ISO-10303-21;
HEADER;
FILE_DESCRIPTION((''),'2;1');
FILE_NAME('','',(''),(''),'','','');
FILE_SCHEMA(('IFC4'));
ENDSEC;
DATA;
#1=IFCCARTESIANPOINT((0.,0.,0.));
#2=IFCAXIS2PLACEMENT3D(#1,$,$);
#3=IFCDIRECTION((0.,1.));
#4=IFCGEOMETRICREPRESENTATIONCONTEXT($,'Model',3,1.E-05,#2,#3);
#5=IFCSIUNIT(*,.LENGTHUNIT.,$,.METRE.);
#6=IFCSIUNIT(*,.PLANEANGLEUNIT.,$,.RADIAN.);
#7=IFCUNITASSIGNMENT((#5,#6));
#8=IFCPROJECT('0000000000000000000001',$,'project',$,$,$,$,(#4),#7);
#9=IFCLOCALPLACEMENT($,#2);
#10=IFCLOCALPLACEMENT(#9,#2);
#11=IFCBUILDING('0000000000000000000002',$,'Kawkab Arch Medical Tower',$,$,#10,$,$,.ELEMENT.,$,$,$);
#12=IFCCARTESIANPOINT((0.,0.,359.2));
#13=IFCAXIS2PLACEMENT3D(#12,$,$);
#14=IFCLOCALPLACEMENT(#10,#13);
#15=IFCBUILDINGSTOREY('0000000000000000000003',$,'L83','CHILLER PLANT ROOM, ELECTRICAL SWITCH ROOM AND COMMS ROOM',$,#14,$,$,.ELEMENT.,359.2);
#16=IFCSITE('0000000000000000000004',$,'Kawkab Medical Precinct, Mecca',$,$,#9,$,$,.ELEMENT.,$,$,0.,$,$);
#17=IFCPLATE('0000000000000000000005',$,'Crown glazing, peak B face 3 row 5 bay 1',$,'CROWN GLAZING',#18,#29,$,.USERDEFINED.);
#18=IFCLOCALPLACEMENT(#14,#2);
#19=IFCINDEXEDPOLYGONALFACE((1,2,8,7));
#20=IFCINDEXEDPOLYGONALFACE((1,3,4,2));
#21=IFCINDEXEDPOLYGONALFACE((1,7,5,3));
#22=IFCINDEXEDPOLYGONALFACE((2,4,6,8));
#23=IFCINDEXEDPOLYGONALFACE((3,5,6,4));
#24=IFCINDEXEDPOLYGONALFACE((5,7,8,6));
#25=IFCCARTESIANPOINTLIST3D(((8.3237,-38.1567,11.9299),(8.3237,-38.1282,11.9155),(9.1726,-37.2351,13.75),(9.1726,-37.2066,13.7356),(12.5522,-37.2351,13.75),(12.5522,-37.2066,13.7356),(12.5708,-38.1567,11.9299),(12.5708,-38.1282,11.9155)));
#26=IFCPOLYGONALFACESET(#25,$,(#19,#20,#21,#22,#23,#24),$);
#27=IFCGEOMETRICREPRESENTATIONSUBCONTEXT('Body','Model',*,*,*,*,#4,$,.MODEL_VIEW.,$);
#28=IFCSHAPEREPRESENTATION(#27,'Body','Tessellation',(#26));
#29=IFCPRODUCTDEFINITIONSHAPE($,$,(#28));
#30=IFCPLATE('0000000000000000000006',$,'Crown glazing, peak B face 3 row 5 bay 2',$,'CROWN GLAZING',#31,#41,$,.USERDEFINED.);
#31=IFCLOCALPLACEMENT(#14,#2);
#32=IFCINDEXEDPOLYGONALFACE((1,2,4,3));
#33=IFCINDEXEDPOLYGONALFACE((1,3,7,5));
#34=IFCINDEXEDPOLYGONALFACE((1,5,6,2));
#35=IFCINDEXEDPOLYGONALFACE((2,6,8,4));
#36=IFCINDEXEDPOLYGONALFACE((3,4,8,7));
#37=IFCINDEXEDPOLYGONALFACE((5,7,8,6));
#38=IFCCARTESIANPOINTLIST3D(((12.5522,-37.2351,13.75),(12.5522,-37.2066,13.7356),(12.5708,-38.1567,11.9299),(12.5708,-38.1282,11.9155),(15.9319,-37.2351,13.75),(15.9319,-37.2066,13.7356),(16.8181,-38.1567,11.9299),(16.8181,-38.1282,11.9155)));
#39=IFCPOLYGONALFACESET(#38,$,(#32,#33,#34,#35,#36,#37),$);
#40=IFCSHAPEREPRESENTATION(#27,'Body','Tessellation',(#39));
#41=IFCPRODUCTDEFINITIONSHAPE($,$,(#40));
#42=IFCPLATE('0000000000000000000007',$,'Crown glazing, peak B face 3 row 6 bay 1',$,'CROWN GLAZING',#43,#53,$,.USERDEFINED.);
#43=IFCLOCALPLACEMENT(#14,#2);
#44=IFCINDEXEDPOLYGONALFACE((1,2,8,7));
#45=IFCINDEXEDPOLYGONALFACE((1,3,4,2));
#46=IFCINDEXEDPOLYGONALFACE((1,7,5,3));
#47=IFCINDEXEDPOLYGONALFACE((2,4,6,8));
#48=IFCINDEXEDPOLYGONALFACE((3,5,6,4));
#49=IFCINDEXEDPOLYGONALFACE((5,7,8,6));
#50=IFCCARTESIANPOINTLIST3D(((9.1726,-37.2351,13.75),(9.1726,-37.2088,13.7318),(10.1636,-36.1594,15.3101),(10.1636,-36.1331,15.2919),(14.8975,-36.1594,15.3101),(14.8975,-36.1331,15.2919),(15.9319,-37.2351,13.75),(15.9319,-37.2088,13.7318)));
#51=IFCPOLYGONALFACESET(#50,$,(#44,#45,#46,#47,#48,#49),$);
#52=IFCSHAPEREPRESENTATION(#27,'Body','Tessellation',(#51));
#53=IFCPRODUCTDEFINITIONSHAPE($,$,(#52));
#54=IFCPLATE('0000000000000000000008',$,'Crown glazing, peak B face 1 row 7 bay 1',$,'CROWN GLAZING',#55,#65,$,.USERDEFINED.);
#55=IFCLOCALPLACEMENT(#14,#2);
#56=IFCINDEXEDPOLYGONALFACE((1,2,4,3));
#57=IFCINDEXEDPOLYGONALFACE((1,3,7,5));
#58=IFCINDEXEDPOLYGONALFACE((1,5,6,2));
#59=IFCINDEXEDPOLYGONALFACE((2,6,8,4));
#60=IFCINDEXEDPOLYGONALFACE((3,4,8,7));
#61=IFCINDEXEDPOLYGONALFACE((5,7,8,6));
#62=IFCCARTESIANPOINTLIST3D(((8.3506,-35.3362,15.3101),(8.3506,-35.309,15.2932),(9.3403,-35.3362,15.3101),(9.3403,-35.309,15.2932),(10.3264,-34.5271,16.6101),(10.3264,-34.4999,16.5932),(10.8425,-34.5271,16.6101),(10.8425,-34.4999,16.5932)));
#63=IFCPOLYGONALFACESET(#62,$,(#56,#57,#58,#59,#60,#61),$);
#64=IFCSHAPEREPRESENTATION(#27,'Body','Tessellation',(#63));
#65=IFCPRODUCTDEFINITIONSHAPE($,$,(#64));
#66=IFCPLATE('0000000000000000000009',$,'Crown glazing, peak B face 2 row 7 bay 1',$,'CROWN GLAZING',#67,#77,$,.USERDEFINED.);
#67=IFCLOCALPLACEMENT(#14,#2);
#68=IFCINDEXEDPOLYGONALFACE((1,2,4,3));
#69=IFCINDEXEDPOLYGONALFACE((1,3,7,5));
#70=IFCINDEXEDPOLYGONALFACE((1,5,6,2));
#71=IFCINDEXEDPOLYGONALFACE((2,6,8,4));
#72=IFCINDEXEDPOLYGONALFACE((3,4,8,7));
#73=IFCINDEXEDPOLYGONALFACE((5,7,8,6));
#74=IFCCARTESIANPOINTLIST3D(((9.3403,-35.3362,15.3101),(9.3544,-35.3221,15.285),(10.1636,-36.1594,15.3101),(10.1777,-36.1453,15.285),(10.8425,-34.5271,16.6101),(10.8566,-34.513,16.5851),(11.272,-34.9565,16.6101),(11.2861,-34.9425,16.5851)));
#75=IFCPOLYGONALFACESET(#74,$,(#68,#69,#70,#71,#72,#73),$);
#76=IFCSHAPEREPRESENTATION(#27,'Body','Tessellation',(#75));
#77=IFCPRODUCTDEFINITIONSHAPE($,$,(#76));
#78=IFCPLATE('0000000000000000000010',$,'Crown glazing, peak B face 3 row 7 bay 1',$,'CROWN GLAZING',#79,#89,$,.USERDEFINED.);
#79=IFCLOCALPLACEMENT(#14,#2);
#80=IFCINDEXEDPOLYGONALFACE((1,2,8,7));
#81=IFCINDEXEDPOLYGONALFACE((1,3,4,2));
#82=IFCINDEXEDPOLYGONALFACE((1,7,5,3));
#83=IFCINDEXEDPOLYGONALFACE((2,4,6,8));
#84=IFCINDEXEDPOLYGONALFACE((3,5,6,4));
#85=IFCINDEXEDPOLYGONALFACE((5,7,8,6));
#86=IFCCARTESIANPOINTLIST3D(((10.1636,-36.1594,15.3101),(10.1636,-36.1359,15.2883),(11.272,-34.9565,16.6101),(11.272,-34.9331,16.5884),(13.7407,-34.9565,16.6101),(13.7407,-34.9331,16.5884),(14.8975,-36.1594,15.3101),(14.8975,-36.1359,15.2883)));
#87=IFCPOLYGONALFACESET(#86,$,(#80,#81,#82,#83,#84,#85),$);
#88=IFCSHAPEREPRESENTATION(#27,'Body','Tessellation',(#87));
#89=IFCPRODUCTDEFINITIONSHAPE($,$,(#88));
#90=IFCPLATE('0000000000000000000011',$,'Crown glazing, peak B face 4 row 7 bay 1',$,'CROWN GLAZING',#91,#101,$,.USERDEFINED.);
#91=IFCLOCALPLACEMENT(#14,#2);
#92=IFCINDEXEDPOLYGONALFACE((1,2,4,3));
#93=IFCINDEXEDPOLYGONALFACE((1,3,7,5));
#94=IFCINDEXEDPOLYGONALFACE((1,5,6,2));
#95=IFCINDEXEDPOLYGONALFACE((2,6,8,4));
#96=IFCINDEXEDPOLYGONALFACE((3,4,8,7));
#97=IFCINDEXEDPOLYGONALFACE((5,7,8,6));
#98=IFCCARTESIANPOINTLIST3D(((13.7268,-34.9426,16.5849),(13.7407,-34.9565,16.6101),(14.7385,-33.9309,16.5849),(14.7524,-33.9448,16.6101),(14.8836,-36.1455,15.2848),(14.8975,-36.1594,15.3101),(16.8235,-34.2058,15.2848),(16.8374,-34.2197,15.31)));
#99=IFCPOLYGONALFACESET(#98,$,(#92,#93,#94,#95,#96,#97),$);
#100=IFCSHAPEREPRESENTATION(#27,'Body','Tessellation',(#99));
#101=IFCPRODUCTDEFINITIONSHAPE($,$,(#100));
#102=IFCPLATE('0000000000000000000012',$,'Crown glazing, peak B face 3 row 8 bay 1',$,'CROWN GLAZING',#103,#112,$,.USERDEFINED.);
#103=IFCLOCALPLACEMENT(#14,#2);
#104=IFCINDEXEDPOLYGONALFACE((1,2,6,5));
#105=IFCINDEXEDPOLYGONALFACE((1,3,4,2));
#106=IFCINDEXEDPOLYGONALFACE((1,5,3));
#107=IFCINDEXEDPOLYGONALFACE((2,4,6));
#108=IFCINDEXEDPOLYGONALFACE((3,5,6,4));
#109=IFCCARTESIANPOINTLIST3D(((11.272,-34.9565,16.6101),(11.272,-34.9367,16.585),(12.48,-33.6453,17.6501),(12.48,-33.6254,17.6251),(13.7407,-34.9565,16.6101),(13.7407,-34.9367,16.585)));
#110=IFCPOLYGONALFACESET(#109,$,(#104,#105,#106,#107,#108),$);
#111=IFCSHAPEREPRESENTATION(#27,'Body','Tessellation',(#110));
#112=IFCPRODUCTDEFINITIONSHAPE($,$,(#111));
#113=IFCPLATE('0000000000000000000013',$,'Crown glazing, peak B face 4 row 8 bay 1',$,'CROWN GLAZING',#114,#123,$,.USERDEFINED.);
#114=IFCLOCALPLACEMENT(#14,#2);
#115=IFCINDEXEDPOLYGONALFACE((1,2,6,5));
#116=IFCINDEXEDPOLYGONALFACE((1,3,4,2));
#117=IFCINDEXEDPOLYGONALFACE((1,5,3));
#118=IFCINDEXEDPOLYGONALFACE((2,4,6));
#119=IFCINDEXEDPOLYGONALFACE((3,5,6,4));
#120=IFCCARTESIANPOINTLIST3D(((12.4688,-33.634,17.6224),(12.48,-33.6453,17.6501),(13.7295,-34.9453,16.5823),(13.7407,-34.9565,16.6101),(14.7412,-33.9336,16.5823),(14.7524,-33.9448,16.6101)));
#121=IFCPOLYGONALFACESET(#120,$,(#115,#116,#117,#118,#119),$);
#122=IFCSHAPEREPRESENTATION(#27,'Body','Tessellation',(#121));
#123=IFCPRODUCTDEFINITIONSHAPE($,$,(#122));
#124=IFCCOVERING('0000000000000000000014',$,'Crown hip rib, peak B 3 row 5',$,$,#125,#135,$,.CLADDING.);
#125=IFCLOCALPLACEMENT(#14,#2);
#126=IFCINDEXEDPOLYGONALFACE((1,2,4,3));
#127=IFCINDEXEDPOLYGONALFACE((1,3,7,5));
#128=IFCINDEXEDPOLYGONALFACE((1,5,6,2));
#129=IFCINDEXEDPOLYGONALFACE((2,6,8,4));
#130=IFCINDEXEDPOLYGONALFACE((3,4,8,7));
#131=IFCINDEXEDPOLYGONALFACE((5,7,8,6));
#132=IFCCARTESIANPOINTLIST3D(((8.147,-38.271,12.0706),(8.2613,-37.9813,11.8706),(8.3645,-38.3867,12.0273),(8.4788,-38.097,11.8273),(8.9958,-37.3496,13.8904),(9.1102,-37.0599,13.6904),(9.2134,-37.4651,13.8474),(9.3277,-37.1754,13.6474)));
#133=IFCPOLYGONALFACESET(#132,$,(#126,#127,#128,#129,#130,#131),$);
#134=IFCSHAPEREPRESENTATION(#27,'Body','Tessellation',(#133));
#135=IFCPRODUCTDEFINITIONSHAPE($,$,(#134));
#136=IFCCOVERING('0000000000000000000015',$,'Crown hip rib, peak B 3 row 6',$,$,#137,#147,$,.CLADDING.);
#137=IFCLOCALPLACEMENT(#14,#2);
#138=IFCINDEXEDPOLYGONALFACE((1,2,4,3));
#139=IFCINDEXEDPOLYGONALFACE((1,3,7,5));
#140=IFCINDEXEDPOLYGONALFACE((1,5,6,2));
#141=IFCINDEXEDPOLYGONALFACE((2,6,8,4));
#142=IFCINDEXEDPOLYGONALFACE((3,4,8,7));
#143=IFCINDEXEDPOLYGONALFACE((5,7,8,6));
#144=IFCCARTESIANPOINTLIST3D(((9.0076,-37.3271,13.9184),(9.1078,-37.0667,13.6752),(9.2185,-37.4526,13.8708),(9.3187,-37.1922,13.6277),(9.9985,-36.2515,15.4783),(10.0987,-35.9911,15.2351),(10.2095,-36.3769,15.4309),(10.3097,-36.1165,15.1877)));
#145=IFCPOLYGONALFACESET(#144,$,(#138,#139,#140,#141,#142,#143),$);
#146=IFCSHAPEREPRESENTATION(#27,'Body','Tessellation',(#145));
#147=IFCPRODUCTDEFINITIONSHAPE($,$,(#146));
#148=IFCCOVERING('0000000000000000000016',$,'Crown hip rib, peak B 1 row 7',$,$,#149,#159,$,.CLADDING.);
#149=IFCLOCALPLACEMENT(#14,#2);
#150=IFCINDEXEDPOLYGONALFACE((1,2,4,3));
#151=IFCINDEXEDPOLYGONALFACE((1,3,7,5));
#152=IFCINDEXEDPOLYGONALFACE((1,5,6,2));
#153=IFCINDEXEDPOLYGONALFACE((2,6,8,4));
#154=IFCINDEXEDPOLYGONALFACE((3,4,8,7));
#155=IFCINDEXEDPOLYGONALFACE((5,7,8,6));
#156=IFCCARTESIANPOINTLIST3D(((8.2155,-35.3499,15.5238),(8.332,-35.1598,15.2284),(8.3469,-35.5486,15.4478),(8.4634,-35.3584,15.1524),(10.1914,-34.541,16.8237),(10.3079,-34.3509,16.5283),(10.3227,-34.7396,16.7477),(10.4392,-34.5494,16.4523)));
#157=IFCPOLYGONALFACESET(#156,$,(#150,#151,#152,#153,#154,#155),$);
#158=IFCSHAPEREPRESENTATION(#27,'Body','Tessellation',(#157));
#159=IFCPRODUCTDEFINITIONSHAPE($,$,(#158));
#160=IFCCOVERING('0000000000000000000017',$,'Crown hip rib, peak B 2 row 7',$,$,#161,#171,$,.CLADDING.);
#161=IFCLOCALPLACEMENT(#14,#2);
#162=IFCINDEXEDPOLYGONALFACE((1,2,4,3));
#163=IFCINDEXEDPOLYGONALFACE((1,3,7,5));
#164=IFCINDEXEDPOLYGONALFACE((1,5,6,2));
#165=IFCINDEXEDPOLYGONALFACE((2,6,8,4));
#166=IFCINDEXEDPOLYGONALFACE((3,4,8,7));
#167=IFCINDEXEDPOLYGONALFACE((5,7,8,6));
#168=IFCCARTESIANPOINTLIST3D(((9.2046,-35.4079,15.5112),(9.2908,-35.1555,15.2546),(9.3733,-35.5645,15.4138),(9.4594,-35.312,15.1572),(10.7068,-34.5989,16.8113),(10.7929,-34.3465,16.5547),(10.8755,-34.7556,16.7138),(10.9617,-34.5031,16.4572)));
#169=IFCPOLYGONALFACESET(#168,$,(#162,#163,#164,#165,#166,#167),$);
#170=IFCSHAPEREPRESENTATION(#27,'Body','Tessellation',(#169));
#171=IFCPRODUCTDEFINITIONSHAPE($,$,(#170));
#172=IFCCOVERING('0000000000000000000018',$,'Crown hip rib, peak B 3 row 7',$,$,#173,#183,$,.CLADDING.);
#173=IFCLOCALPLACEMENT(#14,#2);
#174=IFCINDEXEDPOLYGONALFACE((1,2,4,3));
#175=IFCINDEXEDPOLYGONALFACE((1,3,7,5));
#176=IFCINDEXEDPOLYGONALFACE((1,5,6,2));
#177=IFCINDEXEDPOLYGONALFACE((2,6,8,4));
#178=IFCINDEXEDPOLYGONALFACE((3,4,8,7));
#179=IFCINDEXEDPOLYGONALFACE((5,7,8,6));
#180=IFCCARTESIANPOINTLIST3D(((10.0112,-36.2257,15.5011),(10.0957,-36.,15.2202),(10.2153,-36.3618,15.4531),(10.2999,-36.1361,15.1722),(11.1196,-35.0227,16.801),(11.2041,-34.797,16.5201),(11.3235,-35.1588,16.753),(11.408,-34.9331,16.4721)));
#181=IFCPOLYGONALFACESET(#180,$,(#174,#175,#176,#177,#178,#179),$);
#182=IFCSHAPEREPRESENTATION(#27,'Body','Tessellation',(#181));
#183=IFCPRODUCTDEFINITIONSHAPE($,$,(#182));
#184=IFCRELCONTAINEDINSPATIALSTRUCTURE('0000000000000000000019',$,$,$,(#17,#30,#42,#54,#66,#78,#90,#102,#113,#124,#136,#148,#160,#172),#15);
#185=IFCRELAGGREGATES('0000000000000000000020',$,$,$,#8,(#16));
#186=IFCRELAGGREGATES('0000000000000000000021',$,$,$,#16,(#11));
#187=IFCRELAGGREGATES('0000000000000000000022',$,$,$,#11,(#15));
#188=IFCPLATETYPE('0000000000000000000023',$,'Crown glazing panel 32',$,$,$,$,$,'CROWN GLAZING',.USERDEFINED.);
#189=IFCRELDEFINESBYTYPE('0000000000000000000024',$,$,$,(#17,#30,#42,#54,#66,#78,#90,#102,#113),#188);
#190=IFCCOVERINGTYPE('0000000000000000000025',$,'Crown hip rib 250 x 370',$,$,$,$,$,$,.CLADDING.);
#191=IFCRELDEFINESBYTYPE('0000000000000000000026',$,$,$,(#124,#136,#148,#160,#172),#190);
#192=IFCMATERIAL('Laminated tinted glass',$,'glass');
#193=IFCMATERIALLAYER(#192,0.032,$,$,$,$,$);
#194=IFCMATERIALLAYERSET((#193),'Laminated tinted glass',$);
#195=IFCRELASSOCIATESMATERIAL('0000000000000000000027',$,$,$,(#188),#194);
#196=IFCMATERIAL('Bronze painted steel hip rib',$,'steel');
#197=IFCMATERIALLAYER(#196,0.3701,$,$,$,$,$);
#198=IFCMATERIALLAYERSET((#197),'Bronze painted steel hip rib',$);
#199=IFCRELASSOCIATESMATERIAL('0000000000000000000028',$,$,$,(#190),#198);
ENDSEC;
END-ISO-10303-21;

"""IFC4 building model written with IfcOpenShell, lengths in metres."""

from ifc_helpers import new_model, si_unit, direction, frame, origin, place, context, subcontext, project, spatial, polyline, outline, extrude, material, layer, layer_set, type_object, element, save


model = new_model("IFC4")

# Units and contexts
model_context = context("Model", 3, precision=1e-05, world=origin(), true_north=direction((0.0, 1.0)))
body_context = subcontext(model_context, "Body", "Model", "MODEL_VIEW")
ifc_project = project(units=[si_unit("LENGTHUNIT", "METRE"), si_unit("PLANEANGLEUNIT", "RADIAN")], contexts=[model_context])

# Site, building, storey
site_placement = place(None, origin())
site = spatial("IfcSite", under=ifc_project, at=site_placement, Name="Kawkab Medical Precinct, Mecca", CompositionType="ELEMENT", RefElevation=0.0)
building_placement = place(site_placement, origin())
building = spatial("IfcBuilding", under=site, at=building_placement, Name="Kawkab Arch Medical Tower", CompositionType="ELEMENT")
storey_placement = place(building_placement, frame((0.0, 0.0, 359.2)))
storey = spatial("IfcBuildingStorey", under=building, at=storey_placement, Name="L83", Description="CHILLER PLANT ROOM, ELECTRICAL SWITCH ROOM AND COMMS ROOM", CompositionType="ELEMENT", Elevation=359.2)

# Plates
ifc_material_1 = material(Name="Laminated tinted glass", Category="glass")
ifc_layer_1 = layer(ifc_material_1, 0.032)
ifc_layer_set_1 = layer_set([ifc_layer_1], Name="Laminated tinted glass")
plate_type = type_object("IfcPlateType", Name="Crown glazing panel 32", ElementType="CROWN GLAZING", PredefinedType="USERDEFINED", material=ifc_layer_set_1)
plate_1_placement = place(storey_placement, frame((8.3237, -38.1567, 11.9299), z_axis=(0.0, -0.892142, 0.451755), x_axis=(1.0, 0.0, 0.0)))
element("IfcPlate", 1, at=plate_1_placement, inside=storey, type_object=plate_type, Name="Crown glazing, peak B face 3 row 5 bay 1", ObjectType="CROWN GLAZING", PredefinedType="USERDEFINED", context=body_context, shape_type="SweptSolid", body=[
    extrude(outline(polyline([(0.0, 0.0), (4.2471, 0.0), (4.2285, 2.0401), (0.8489, 2.0401), (0.0, 0.0)])), origin(), (0.0, 0.0, -1.0), 0.032),
])
plate_2_placement = place(storey_placement, frame((12.5708, -38.1567, 11.9299), z_axis=(0.0, -0.892142, 0.451755), x_axis=(1.0, 0.0, 0.0)))
element("IfcPlate", 2, at=plate_2_placement, inside=storey, type_object=plate_type, Name="Crown glazing, peak B face 3 row 5 bay 2", ObjectType="CROWN GLAZING", PredefinedType="USERDEFINED", context=body_context, shape_type="SweptSolid", body=[
    extrude(outline(polyline([(0.0, 0.0), (4.2473, 0.0), (3.3611, 2.0401), (-0.0186, 2.0401), (0.0, 0.0)])), origin(), (0.0, 0.0, -1.0), 0.032),
])
plate_3_placement = place(storey_placement, frame((9.1726, -37.2351, 13.75), z_axis=(0.0, -0.823267, 0.567655), x_axis=(1.0, 0.0, 0.0)))
element("IfcPlate", 3, at=plate_3_placement, inside=storey, type_object=plate_type, Name="Crown glazing, peak B face 3 row 6 bay 1", ObjectType="CROWN GLAZING", PredefinedType="USERDEFINED", context=body_context, shape_type="SweptSolid", body=[
    extrude(outline(polyline([(0.0, 0.0), (6.7593, 0.0), (5.7249, 1.895), (0.991, 1.895), (0.0, 0.0)])), origin(), (0.0, 0.0, -1.0), 0.032),
])
plate_4_placement = place(storey_placement, frame((8.3506, -35.3362, 15.3101), z_axis=(0.0, -0.849009, 0.528379), x_axis=(1.0, 0.0, 0.0)))
element("IfcPlate", 4, at=plate_4_placement, inside=storey, type_object=plate_type, Name="Crown glazing, peak B face 1 row 7 bay 1", ObjectType="CROWN GLAZING", PredefinedType="USERDEFINED", context=body_context, shape_type="SweptSolid", body=[
    extrude(outline(polyline([(0.0, 0.0), (0.9897, 0.0), (2.4919, 1.5313), (1.9758, 1.5313), (0.0, 0.0)])), origin(), (0.0, 0.0, -1.0), 0.032),
])
plate_5_placement = place(storey_placement, frame((9.3403, -35.3362, 15.3101), z_axis=(-0.440195, -0.440195, 0.782596), x_axis=(0.707107, -0.707107, 0.0)))
element("IfcPlate", 5, at=plate_5_placement, inside=storey, type_object=plate_type, Name="Crown glazing, peak B face 2 row 7 bay 1", ObjectType="CROWN GLAZING", PredefinedType="USERDEFINED", context=body_context, shape_type="SweptSolid", body=[
    extrude(outline(polyline([(0.0, 0.0), (1.1642, 0.0), (1.0974, 2.0883), (0.4901, 2.0883), (0.0, 0.0)])), origin(), (0.0, 0.0, -1.0), 0.032),
])
plate_6_placement = place(storey_placement, frame((10.1636, -36.1594, 15.3101), z_axis=(0.0, -0.734005, 0.679144), x_axis=(1.0, 0.0, 0.0)))
element("IfcPlate", 6, at=plate_6_placement, inside=storey, type_object=plate_type, Name="Crown glazing, peak B face 3 row 7 bay 1", ObjectType="CROWN GLAZING", PredefinedType="USERDEFINED", context=body_context, shape_type="SweptSolid", body=[
    extrude(outline(polyline([(0.0, 0.0), (4.7339, 0.0), (3.5771, 1.7712), (1.1084, 1.7712), (0.0, 0.0)])), origin(), (0.0, 0.0, -1.0), 0.032),
])
plate_7_placement = place(storey_placement, frame((14.8975, -36.1594, 15.3101), z_axis=(0.434578, -0.434614, 0.78883), x_axis=(0.707146, 0.707068, -0.00001)))
element("IfcPlate", 7, at=plate_7_placement, inside=storey, type_object=plate_type, Name="Crown glazing, peak B face 4 row 7 bay 1", ObjectType="CROWN GLAZING", PredefinedType="USERDEFINED", context=body_context, shape_type="SweptSolid", body=[
    extrude(outline(polyline([(0.0, 0.0), (2.7433, 0.0), (1.4633, 2.1153), (0.0325, 2.1152), (0.0, 0.0)])), origin(), (0.0, 0.0, -1.0), 0.032),
])
plate_8_placement = place(storey_placement, frame((11.272, -34.9565, 16.6101), z_axis=(0.0, -0.621416, 0.783481), x_axis=(1.0, 0.0, 0.0)))
element("IfcPlate", 8, at=plate_8_placement, inside=storey, type_object=plate_type, Name="Crown glazing, peak B face 3 row 8 bay 1", ObjectType="CROWN GLAZING", PredefinedType="USERDEFINED", context=body_context, shape_type="SweptSolid", body=[
    extrude(outline(polyline([(0.0, 0.0), (2.4688, 0.0), (1.208, 1.6737), (0.0, 0.0)])), origin(), (0.0, 0.0, -1.0), 0.032),
])
plate_9_placement = place(storey_placement, frame((13.7407, -34.9565, 16.6101), z_axis=(0.351023, -0.351023, 0.868082), x_axis=(0.707107, 0.707107, 0.0)))
element("IfcPlate", 9, at=plate_9_placement, inside=storey, type_object=plate_type, Name="Crown glazing, peak B face 4 row 8 bay 1", ObjectType="CROWN GLAZING", PredefinedType="USERDEFINED", context=body_context, shape_type="SweptSolid", body=[
    extrude(outline(polyline([(0.0, 0.0), (1.4308, 0.0), (0.0357, 2.0951), (0.0, 0.0)])), origin(), (0.0, 0.0, -1.0), 0.032),
])

# Coverings
ifc_material_2 = material(Name="Bronze painted steel hip rib", Category="steel")
ifc_layer_2 = layer(ifc_material_2, 0.3701)
ifc_layer_set_2 = layer_set([ifc_layer_2], Name="Bronze painted steel hip rib")
covering_type_1 = type_object("IfcCoveringType", Name="Crown hip rib 250 x 370", PredefinedType="CLADDING", material=ifc_layer_set_2)
covering_1_placement = place(storey_placement, frame((8.3645, -38.3867, 12.0273), z_axis=(-0.30889, -0.782676, 0.540375), x_axis=(0.38416, 0.417079, 0.82369)))
element("IfcCovering", 10, at=covering_1_placement, inside=storey, type_object=covering_type_1, Name="Crown hip rib, peak B 3 row 5", PredefinedType="CLADDING", context=body_context, shape_type="SweptSolid", body=[
    extrude(outline(polyline([(0.0, 0.0), (2.2097, 0.0), (2.2097, 0.25), (0.0003, 0.2502), (0.0, 0.0)])), origin(), (0.0, 0.0, -1.0), 0.3701),
])
covering_2_placement = place(storey_placement, frame((9.2185, -37.4526, 13.8708), z_axis=(-0.270636, -0.703564, 0.65708), x_axis=(0.463418, 0.503051, 0.729509)))
element("IfcCovering", 11, at=covering_2_placement, inside=storey, type_object=covering_type_1, Name="Crown hip rib, peak B 3 row 6", PredefinedType="CLADDING", context=body_context, shape_type="SweptSolid", body=[
    extrude(outline(polyline([(0.0, 0.0), (2.1384, 0.0), (2.1384, 0.25), (0.0001, 0.25), (0.0, 0.0)])), origin(), (0.0, 0.0, -1.0), 0.3701),
])
covering_3_placement = place(storey_placement, frame((8.3469, -35.5486, 15.4478), z_axis=(-0.314743, -0.513761, 0.798115), x_axis=(0.790438, 0.323651, 0.520056)))
element("IfcCovering", 12, at=covering_3_placement, inside=storey, type_object=covering_type_1, Name="Crown hip rib, peak B 1 row 7", PredefinedType="CLADDING", context=body_context, shape_type="SweptSolid", body=[
    extrude(outline(polyline([(0.0, 0.0), (2.4996, 0.0), (2.4996, 0.2499), (0.0, 0.25), (0.0, 0.0)])), origin(), (0.0, 0.0, -1.0), 0.3701),
])
covering_4_placement = place(storey_placement, frame((9.3733, -35.5645, 15.4138), z_axis=(-0.232777, -0.681981, 0.693337), x_axis=(0.70034, 0.37711, 0.606062)))
element("IfcCovering", 13, at=covering_4_placement, inside=storey, type_object=covering_type_1, Name="Crown hip rib, peak B 2 row 7", PredefinedType="CLADDING", context=body_context, shape_type="SweptSolid", body=[
    extrude(outline(polyline([(0.0, 0.0), (2.145, 0.0), (2.145, 0.25), (-0.0001, 0.2499), (0.0, 0.0)])), origin(), (0.0, 0.0, -1.0), 0.3701),
])
covering_5_placement = place(storey_placement, frame((10.2153, -36.3618, 15.4531), z_axis=(-0.228362, -0.609752, 0.758982), x_axis=(0.53039, 0.575821, 0.622187)))
element("IfcCovering", 14, at=covering_5_placement, inside=storey, type_object=covering_type_1, Name="Crown hip rib, peak B 3 row 7", PredefinedType="CLADDING", context=body_context, shape_type="SweptSolid", body=[
    extrude(outline(polyline([(0.0, 0.0), (2.0893, 0.0), (2.0894, 0.2497), (0.0, 0.25), (0.0, 0.0)])), origin(), (0.0, 0.0, -1.0), 0.3701),
])

save(model, "model.ifc")
